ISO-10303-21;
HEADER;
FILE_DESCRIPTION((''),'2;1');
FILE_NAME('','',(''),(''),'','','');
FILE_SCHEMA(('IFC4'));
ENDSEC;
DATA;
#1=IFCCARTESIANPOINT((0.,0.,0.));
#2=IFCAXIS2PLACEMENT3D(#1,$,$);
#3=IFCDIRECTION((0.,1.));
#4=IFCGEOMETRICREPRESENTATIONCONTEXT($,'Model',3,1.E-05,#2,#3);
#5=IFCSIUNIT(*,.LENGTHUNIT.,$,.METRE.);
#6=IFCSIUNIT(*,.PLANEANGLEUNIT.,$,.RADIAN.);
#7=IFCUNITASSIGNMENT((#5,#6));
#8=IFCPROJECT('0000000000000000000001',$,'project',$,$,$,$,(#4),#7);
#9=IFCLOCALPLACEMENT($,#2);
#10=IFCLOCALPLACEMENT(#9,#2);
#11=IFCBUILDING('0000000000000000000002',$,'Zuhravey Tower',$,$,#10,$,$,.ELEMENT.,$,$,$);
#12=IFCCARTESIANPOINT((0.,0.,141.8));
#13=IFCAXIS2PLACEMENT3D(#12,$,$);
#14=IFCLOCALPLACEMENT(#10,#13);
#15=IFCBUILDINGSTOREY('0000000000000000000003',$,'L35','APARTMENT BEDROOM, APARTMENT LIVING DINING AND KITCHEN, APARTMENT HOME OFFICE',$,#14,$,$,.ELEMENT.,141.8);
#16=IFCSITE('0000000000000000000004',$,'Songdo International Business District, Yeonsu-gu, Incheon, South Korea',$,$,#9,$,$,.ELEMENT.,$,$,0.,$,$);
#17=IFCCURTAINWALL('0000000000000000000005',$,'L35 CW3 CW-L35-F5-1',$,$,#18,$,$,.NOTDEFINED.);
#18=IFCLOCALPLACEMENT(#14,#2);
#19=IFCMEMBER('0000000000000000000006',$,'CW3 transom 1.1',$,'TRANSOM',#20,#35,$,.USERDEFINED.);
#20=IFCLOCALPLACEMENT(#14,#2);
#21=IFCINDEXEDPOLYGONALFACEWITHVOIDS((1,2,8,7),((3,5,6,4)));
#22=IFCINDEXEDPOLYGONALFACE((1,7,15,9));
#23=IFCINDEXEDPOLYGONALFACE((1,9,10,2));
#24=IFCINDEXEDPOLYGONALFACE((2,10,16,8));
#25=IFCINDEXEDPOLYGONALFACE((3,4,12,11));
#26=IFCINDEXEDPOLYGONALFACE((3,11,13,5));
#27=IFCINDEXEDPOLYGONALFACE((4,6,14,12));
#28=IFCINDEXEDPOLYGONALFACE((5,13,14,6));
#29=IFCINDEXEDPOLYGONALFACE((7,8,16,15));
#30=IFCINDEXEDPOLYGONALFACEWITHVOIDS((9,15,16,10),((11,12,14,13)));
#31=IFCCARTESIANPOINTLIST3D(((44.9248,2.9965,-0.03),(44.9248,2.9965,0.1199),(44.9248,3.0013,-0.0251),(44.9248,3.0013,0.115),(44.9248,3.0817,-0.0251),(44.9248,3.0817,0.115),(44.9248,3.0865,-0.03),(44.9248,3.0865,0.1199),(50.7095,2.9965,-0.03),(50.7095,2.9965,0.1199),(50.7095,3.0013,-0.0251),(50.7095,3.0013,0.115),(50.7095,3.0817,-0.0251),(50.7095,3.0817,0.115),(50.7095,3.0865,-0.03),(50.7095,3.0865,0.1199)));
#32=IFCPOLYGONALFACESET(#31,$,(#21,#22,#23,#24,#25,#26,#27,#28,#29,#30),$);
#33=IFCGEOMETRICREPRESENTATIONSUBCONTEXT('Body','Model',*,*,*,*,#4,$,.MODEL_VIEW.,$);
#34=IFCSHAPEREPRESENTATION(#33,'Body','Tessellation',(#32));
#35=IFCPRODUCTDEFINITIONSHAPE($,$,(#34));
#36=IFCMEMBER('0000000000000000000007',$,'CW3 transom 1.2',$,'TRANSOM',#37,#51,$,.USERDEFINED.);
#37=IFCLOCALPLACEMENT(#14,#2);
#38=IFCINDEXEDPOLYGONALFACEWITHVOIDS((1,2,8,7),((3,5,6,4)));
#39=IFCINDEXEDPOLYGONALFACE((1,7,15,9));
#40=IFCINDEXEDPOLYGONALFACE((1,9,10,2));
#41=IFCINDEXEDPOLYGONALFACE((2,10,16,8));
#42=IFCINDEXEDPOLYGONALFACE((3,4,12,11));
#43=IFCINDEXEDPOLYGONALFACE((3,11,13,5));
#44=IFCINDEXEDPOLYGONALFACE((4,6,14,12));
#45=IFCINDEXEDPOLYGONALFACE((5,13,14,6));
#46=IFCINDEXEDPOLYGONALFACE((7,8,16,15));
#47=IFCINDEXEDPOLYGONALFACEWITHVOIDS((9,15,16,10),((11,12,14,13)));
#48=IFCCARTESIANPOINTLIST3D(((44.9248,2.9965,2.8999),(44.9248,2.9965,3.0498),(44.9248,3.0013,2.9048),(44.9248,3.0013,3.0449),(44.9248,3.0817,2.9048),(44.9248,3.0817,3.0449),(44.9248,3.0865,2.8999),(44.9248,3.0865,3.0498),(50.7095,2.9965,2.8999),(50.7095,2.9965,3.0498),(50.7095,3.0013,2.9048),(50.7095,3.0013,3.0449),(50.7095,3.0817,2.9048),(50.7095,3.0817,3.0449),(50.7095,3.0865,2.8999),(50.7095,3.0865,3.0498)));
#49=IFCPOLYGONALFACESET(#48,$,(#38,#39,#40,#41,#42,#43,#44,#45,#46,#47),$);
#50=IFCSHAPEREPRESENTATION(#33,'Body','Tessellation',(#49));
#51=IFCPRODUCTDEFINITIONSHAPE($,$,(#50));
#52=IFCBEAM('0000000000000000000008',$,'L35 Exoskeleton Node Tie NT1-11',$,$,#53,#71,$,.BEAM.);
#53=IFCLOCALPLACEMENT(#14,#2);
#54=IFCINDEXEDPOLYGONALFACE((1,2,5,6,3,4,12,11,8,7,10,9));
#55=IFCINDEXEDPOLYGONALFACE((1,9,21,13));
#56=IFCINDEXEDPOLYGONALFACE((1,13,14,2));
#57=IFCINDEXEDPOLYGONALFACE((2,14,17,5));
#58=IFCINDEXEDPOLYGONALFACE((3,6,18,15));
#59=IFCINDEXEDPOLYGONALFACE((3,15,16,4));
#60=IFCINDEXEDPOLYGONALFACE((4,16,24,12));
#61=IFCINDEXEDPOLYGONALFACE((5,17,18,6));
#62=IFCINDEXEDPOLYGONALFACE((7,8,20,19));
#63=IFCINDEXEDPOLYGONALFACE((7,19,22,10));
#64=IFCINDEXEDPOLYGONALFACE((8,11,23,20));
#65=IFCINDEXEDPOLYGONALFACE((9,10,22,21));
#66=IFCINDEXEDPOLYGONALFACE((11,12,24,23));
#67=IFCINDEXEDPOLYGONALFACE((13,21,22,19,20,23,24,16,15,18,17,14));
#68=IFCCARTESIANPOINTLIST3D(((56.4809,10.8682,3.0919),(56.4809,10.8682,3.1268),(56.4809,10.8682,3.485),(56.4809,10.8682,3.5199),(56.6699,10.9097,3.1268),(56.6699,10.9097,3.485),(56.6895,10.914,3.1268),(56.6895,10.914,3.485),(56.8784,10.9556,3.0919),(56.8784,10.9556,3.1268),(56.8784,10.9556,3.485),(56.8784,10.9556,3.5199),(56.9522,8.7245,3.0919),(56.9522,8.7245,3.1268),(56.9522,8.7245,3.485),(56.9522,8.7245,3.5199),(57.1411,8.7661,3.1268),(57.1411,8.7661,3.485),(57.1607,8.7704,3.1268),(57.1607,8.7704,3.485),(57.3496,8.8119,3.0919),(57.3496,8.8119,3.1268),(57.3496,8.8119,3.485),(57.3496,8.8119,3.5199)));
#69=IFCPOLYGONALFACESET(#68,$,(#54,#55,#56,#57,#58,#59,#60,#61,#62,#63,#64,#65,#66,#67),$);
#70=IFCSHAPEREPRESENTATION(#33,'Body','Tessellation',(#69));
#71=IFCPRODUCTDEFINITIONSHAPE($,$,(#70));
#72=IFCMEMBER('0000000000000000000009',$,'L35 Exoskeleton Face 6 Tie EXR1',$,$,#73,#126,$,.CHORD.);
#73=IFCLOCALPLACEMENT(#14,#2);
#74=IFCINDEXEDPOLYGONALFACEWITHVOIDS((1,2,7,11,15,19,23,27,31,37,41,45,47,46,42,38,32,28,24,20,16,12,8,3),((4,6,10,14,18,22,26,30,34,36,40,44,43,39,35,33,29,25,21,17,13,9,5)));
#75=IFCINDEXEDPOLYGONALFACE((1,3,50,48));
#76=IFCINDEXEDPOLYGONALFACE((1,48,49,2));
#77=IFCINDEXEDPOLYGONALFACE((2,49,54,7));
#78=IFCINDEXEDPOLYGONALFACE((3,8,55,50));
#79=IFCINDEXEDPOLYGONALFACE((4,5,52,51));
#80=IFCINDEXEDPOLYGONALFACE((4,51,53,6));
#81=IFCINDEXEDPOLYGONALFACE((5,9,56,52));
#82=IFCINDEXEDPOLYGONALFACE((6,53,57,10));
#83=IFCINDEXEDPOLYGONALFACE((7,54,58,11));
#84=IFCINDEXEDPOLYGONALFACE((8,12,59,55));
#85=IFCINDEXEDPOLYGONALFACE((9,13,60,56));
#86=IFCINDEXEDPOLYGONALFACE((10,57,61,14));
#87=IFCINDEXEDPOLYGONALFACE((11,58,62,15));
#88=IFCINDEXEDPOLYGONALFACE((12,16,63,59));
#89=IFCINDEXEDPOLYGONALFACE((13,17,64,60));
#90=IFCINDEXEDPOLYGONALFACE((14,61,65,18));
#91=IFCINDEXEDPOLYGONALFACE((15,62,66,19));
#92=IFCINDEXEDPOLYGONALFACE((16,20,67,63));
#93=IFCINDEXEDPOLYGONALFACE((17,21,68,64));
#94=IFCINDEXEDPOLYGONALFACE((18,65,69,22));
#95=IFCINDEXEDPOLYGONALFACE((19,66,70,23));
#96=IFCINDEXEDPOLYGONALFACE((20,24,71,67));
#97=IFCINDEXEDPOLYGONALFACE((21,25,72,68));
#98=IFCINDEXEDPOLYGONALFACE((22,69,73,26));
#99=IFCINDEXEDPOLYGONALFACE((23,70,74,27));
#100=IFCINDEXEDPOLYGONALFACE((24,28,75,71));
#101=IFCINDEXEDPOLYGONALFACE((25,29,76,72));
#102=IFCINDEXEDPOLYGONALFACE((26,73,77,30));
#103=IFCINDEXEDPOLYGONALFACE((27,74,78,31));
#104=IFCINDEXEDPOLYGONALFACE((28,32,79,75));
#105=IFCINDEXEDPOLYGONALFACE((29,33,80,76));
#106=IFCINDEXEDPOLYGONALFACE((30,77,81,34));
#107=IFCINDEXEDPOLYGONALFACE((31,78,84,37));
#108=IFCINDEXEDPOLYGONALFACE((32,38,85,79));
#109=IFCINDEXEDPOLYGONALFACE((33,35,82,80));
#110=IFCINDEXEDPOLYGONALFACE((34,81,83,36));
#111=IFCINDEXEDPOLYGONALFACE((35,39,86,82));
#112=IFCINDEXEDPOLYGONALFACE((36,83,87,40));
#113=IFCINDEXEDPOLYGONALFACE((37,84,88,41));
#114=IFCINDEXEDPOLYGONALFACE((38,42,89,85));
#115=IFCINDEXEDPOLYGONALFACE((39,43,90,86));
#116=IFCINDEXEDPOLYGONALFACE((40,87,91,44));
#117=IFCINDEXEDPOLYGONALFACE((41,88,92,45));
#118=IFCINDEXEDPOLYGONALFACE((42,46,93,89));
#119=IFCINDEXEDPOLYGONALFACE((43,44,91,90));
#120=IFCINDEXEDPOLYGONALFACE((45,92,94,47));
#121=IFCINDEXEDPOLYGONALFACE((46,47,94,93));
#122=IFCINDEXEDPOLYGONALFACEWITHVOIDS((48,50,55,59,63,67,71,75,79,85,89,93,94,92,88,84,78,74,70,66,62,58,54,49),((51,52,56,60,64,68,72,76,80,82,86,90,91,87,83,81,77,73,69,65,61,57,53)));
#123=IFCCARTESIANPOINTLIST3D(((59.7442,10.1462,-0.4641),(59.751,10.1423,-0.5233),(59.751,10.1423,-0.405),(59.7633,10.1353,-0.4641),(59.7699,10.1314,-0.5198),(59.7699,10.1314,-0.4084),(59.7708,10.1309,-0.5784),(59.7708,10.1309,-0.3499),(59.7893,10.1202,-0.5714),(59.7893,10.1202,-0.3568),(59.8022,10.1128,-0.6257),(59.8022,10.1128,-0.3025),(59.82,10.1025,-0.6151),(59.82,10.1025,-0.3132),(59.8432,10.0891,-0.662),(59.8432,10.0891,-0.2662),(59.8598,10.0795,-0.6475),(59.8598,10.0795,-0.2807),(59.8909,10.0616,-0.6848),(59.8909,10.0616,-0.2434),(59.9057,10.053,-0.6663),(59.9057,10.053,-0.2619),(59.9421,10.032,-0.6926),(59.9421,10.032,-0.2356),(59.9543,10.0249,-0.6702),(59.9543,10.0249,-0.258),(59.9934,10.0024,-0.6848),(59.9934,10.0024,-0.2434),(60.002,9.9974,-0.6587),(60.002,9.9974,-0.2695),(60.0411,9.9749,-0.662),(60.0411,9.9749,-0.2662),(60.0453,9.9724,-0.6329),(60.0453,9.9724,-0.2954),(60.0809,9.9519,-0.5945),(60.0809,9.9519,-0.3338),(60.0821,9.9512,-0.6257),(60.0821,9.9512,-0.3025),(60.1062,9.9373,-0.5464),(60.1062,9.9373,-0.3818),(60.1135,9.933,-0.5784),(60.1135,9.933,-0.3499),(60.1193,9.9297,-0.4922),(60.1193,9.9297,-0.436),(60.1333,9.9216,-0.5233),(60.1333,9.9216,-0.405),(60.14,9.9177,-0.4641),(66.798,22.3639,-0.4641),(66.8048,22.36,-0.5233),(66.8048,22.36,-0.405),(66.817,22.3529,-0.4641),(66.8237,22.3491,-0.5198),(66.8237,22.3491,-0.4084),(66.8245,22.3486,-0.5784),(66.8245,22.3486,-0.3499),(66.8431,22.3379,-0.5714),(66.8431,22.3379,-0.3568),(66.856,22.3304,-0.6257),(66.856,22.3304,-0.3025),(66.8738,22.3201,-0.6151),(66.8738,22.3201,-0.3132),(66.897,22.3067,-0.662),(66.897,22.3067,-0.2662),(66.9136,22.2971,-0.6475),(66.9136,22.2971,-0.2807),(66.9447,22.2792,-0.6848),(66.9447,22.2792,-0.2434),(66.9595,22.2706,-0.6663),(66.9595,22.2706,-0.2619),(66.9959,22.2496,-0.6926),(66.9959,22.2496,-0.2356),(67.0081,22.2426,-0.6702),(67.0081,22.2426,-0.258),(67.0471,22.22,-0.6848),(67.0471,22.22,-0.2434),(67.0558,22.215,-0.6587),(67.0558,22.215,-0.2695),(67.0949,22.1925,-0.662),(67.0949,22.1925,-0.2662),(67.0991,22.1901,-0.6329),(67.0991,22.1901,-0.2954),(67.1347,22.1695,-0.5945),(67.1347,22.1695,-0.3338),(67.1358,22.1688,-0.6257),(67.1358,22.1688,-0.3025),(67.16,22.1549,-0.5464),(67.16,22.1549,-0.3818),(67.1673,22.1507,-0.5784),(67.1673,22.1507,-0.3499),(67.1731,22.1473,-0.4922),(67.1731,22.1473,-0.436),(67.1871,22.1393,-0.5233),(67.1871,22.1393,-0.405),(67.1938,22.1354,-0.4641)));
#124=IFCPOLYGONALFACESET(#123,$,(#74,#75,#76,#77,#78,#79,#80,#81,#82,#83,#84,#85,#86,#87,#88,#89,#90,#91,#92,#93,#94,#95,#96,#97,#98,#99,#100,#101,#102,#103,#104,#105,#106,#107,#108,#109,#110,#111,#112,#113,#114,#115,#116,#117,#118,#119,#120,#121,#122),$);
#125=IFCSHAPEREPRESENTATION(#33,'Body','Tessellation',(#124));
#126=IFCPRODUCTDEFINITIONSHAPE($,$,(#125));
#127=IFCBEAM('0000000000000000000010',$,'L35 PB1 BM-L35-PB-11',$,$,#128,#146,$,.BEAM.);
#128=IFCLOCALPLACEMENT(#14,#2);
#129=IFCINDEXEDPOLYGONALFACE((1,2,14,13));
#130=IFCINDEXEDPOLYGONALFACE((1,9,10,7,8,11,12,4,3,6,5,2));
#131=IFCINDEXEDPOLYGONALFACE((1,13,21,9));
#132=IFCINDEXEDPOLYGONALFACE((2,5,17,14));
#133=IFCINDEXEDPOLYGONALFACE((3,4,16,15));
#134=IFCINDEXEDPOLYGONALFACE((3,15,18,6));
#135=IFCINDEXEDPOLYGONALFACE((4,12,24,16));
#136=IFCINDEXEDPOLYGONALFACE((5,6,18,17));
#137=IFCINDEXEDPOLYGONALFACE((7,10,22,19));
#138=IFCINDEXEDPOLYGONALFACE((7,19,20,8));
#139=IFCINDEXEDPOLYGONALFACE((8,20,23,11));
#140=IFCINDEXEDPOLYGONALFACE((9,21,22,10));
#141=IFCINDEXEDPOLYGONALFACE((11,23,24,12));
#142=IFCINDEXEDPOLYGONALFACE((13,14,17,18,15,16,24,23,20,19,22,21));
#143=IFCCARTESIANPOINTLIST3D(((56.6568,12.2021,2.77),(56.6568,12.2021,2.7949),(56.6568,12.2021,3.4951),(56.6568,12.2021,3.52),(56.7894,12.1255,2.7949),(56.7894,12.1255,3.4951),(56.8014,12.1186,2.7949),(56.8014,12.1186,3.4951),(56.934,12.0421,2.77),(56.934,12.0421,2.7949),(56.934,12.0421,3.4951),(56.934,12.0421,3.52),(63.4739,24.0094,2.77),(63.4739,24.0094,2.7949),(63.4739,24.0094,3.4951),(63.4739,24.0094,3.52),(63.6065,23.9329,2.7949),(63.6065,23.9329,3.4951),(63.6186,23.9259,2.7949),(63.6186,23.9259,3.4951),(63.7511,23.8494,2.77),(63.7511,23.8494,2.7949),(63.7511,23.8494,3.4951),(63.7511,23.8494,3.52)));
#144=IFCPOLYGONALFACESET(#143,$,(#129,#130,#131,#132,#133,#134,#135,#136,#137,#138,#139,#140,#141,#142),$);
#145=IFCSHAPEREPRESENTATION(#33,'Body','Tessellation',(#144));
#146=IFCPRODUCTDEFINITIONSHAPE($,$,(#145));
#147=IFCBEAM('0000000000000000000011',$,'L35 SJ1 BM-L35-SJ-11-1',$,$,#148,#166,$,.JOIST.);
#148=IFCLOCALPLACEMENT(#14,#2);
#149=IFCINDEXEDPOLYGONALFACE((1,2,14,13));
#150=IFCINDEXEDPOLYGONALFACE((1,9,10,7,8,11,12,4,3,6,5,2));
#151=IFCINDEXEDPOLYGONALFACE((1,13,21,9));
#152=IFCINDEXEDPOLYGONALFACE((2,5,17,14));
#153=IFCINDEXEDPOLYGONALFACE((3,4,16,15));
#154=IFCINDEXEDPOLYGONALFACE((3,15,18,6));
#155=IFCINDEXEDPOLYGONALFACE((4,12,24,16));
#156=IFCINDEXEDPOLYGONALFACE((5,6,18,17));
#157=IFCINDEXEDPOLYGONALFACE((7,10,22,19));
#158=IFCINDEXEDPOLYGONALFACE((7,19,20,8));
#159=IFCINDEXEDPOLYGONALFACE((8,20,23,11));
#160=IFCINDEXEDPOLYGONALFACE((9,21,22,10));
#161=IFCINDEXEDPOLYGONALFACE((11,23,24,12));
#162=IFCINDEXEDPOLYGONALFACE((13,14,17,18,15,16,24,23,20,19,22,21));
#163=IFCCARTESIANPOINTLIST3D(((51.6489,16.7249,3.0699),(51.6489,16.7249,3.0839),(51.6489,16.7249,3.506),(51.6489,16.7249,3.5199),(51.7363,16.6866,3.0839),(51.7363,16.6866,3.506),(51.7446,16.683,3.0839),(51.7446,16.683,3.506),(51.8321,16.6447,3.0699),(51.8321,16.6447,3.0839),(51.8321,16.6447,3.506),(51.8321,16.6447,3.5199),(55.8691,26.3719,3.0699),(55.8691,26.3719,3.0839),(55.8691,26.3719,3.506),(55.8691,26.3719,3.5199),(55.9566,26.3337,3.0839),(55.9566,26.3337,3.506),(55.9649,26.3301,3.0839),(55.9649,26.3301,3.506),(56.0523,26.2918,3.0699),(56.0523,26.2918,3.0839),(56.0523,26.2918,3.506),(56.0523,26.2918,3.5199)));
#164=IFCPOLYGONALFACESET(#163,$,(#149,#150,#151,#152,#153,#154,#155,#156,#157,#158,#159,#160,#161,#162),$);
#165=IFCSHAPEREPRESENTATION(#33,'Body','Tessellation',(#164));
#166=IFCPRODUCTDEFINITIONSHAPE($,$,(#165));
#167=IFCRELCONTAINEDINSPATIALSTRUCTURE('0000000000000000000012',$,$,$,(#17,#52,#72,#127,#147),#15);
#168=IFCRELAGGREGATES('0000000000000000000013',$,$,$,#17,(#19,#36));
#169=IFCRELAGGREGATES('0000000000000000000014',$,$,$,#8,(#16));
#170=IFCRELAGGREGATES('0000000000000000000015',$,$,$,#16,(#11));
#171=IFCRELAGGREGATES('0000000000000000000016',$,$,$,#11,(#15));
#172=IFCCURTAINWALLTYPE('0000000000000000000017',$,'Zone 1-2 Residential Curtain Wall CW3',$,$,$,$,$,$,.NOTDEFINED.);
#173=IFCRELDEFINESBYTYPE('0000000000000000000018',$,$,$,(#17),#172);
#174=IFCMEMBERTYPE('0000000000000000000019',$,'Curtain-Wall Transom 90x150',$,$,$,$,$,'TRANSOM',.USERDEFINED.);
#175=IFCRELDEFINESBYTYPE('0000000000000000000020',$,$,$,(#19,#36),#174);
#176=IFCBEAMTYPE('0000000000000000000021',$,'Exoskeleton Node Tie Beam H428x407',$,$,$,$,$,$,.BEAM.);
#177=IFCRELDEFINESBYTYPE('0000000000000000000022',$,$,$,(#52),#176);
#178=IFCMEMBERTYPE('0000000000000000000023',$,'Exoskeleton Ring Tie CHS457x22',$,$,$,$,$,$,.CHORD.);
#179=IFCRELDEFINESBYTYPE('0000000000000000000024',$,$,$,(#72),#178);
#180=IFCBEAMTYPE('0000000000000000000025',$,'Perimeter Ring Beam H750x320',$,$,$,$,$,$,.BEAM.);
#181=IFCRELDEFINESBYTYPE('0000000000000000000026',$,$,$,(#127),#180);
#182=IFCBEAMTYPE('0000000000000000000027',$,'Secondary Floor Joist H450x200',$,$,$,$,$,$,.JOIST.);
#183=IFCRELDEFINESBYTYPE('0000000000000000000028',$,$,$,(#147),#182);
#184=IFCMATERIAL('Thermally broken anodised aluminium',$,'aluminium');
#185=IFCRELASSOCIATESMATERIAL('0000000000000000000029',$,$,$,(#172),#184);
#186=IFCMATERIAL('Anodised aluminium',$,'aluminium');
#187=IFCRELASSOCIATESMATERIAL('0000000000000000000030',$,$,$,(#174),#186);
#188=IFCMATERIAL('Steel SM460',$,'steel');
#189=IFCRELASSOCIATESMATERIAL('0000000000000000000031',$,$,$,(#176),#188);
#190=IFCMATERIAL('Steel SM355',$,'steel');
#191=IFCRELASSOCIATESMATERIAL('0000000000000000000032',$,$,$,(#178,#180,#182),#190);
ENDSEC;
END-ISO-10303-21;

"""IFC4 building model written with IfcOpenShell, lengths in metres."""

from ifc_helpers import new_model, si_unit, direction, frame, origin, origin_2d, place, context, subcontext, project, spatial, hollow_rectangle, hollow_circle, i_section, extrude, material, material_profile, profile_set, type_object, element, aggregate, save


model = new_model("IFC4")

# Units and contexts
model_context = context("Model", 3, precision=1e-05, world=origin(), true_north=direction((0.0, 1.0)))
body_context = subcontext(model_context, "Body", "Model", "MODEL_VIEW")
ifc_project = project(units=[si_unit("LENGTHUNIT", "METRE"), si_unit("PLANEANGLEUNIT", "RADIAN")], contexts=[model_context])

# Site, building, storey
site_placement = place(None, origin())
site = spatial("IfcSite", under=ifc_project, at=site_placement, Name="Songdo International Business District, Yeonsu-gu, Incheon, South Korea", CompositionType="ELEMENT", RefElevation=0.0)
building_placement = place(site_placement, origin())
building = spatial("IfcBuilding", under=site, at=building_placement, Name="Zuhravey Tower", CompositionType="ELEMENT")
storey_placement = place(building_placement, frame((0.0, 0.0, 141.8)))
storey = spatial("IfcBuildingStorey", under=building, at=storey_placement, Name="L35", Description="APARTMENT BEDROOM, APARTMENT LIVING DINING AND KITCHEN, APARTMENT HOME OFFICE", CompositionType="ELEMENT", Elevation=141.8)

# Shared definitions
ifc_material_1 = material(Name="Thermally broken anodised aluminium", Category="aluminium")
curtain_wall_type = type_object("IfcCurtainWallType", Name="Zone 1-2 Residential Curtain Wall CW3", PredefinedType="NOTDEFINED", material=ifc_material_1)
ifc_material_2 = material(Name="Anodised aluminium", Category="aluminium")

# Curtain wall
curtain_wall_1_placement = place(storey_placement, origin())
curtain_wall_1 = element("IfcCurtainWall", 1, at=curtain_wall_1_placement, inside=storey, type_object=curtain_wall_type, Name="L35 CW3 CW-L35-F5-1", PredefinedType="NOTDEFINED")

# Members
ifc_material_profile_1 = material_profile(ifc_material_2, hollow_rectangle(XDim=0.0901, YDim=0.1499, WallThickness=0.0049, at=origin_2d()), Name="ALU-RHS-90x150x5")
ifc_profile_set_1 = profile_set([ifc_material_profile_1], Name="Anodised aluminium")
member_type_1 = type_object("IfcMemberType", Name="Curtain-Wall Transom 90x150", ElementType="TRANSOM", PredefinedType="USERDEFINED", material=ifc_profile_set_1)
member_1_placement = place(storey_placement, frame((50.7095, 3.0415, 0.0449), z_axis=(-1.0, 0.0, 0.0), x_axis=(0.0, -1.0, 0.0)))
member_1 = element("IfcMember", 2, at=member_1_placement, type_object=member_type_1, Name="CW3 transom 1.1", ObjectType="TRANSOM", PredefinedType="USERDEFINED", context=body_context, shape_type="SweptSolid", body=[
    extrude(hollow_rectangle(XDim=0.0901, YDim=0.1499, WallThickness=0.0049, at=origin_2d()), origin(), (0.0, 0.0, 1.0), 5.7847),
])
member_2_placement = place(storey_placement, frame((50.7095, 3.0415, 2.9749), z_axis=(-1.0, 0.0, 0.0), x_axis=(0.0, -1.0, 0.0)))
member_2 = element("IfcMember", 3, at=member_2_placement, type_object=member_type_1, Name="CW3 transom 1.2", ObjectType="TRANSOM", PredefinedType="USERDEFINED", context=body_context, shape_type="SweptSolid", body=[
    extrude(hollow_rectangle(XDim=0.0901, YDim=0.1499, WallThickness=0.0049, at=origin_2d()), origin(), (0.0, 0.0, 1.0), 5.7847),
])
aggregate(curtain_wall_1, [member_1, member_2])

# Beam
ifc_material_3 = material(Name="Steel SM460", Category="steel")
ifc_material_profile_2 = material_profile(ifc_material_3, i_section(OverallWidth=0.407, OverallDepth=0.428, WebThickness=0.02, FlangeThickness=0.0349, at=origin_2d()), Name="H-428x407x20x35")
ifc_profile_set_2 = profile_set([ifc_material_profile_2], Name="Steel SM460")
beam_type_1 = type_object("IfcBeamType", Name="Exoskeleton Node Tie Beam H428x407", PredefinedType="BEAM", material=ifc_profile_set_2)
beam_1_placement = place(storey_placement, frame((56.6797, 10.9119, 3.3059), z_axis=(0.214692, -0.976682, 0.0), x_axis=(0.976682, 0.214692, 0.0)))
element("IfcBeam", 4, at=beam_1_placement, inside=storey, type_object=beam_type_1, Name="L35 Exoskeleton Node Tie NT1-11", PredefinedType="BEAM", context=body_context, shape_type="SweptSolid", body=[
    extrude(i_section(OverallWidth=0.407, OverallDepth=0.428, WebThickness=0.02, FlangeThickness=0.0349, at=origin_2d()), origin(), (0.0, 0.0, 1.0), 2.1948),
])

# Member
ifc_material_4 = material(Name="Steel SM355", Category="steel")
ifc_material_profile_3 = material_profile(ifc_material_4, hollow_circle(Radius=0.2285, WallThickness=0.022, at=origin_2d()), Name="CHS-457.2x22")
ifc_profile_set_3 = profile_set([ifc_material_profile_3], Name="Steel SM355")
member_type_2 = type_object("IfcMemberType", Name="Exoskeleton Ring Tie CHS457x22", PredefinedType="CHORD", material=ifc_profile_set_3)
member_3_placement = place(storey_placement, frame((59.9421, 10.032, -0.4641), z_axis=(0.499996, 0.866028, 0.0), x_axis=(-0.866028, 0.499996, 0.0)))
element("IfcMember", 5, at=member_3_placement, inside=storey, type_object=member_type_2, Name="L35 Exoskeleton Face 6 Tie EXR1", PredefinedType="CHORD", context=body_context, shape_type="SweptSolid", body=[
    extrude(hollow_circle(Radius=0.2285, WallThickness=0.022, at=origin_2d()), origin(), (0.0, 0.0, 1.0), 14.1077),
])

# Beams
ifc_material_profile_4 = material_profile(ifc_material_4, i_section(OverallWidth=0.3201, OverallDepth=0.75, WebThickness=0.0139, FlangeThickness=0.0249, at=origin_2d()), Name="H-750x320x14x25")
ifc_profile_set_4 = profile_set([ifc_material_profile_4], Name="Steel SM355")
beam_type_2 = type_object("IfcBeamType", Name="Perimeter Ring Beam H750x320", PredefinedType="BEAM", material=ifc_profile_set_4)
beam_2_placement = place(storey_placement, frame((56.7954, 12.1221, 3.145), z_axis=(0.500008, 0.866021, 0.0), x_axis=(-0.866021, 0.500008, 0.0)))
element("IfcBeam", 6, at=beam_2_placement, inside=storey, type_object=beam_type_2, Name="L35 PB1 BM-L35-PB-11", PredefinedType="BEAM", context=body_context, shape_type="SweptSolid", body=[
    extrude(i_section(OverallWidth=0.3201, OverallDepth=0.75, WebThickness=0.0139, FlangeThickness=0.0249, at=origin_2d()), origin(), (0.0, 0.0, 1.0), 13.634),
])
ifc_material_profile_5 = material_profile(ifc_material_4, i_section(OverallWidth=0.2, OverallDepth=0.45, WebThickness=0.009, FlangeThickness=0.0139, at=origin_2d()), Name="H-450x200x9x14")
ifc_profile_set_5 = profile_set([ifc_material_profile_5], Name="Steel SM355")
beam_type_3 = type_object("IfcBeamType", Name="Secondary Floor Joist H450x200", PredefinedType="JOIST", material=ifc_profile_set_5)
beam_3_placement = place(storey_placement, frame((51.7405, 16.6848, 3.2949), z_axis=(0.400792, 0.916169, 0.0), x_axis=(-0.916169, 0.400792, 0.0)))
element("IfcBeam", 7, at=beam_3_placement, inside=storey, type_object=beam_type_3, Name="L35 SJ1 BM-L35-SJ-11-1", PredefinedType="JOIST", context=body_context, shape_type="SweptSolid", body=[
    extrude(i_section(OverallWidth=0.2, OverallDepth=0.45, WebThickness=0.009, FlangeThickness=0.0139, at=origin_2d()), origin(), (0.0, 0.0, 1.0), 10.5298),
])

save(model, "model.ifc")
